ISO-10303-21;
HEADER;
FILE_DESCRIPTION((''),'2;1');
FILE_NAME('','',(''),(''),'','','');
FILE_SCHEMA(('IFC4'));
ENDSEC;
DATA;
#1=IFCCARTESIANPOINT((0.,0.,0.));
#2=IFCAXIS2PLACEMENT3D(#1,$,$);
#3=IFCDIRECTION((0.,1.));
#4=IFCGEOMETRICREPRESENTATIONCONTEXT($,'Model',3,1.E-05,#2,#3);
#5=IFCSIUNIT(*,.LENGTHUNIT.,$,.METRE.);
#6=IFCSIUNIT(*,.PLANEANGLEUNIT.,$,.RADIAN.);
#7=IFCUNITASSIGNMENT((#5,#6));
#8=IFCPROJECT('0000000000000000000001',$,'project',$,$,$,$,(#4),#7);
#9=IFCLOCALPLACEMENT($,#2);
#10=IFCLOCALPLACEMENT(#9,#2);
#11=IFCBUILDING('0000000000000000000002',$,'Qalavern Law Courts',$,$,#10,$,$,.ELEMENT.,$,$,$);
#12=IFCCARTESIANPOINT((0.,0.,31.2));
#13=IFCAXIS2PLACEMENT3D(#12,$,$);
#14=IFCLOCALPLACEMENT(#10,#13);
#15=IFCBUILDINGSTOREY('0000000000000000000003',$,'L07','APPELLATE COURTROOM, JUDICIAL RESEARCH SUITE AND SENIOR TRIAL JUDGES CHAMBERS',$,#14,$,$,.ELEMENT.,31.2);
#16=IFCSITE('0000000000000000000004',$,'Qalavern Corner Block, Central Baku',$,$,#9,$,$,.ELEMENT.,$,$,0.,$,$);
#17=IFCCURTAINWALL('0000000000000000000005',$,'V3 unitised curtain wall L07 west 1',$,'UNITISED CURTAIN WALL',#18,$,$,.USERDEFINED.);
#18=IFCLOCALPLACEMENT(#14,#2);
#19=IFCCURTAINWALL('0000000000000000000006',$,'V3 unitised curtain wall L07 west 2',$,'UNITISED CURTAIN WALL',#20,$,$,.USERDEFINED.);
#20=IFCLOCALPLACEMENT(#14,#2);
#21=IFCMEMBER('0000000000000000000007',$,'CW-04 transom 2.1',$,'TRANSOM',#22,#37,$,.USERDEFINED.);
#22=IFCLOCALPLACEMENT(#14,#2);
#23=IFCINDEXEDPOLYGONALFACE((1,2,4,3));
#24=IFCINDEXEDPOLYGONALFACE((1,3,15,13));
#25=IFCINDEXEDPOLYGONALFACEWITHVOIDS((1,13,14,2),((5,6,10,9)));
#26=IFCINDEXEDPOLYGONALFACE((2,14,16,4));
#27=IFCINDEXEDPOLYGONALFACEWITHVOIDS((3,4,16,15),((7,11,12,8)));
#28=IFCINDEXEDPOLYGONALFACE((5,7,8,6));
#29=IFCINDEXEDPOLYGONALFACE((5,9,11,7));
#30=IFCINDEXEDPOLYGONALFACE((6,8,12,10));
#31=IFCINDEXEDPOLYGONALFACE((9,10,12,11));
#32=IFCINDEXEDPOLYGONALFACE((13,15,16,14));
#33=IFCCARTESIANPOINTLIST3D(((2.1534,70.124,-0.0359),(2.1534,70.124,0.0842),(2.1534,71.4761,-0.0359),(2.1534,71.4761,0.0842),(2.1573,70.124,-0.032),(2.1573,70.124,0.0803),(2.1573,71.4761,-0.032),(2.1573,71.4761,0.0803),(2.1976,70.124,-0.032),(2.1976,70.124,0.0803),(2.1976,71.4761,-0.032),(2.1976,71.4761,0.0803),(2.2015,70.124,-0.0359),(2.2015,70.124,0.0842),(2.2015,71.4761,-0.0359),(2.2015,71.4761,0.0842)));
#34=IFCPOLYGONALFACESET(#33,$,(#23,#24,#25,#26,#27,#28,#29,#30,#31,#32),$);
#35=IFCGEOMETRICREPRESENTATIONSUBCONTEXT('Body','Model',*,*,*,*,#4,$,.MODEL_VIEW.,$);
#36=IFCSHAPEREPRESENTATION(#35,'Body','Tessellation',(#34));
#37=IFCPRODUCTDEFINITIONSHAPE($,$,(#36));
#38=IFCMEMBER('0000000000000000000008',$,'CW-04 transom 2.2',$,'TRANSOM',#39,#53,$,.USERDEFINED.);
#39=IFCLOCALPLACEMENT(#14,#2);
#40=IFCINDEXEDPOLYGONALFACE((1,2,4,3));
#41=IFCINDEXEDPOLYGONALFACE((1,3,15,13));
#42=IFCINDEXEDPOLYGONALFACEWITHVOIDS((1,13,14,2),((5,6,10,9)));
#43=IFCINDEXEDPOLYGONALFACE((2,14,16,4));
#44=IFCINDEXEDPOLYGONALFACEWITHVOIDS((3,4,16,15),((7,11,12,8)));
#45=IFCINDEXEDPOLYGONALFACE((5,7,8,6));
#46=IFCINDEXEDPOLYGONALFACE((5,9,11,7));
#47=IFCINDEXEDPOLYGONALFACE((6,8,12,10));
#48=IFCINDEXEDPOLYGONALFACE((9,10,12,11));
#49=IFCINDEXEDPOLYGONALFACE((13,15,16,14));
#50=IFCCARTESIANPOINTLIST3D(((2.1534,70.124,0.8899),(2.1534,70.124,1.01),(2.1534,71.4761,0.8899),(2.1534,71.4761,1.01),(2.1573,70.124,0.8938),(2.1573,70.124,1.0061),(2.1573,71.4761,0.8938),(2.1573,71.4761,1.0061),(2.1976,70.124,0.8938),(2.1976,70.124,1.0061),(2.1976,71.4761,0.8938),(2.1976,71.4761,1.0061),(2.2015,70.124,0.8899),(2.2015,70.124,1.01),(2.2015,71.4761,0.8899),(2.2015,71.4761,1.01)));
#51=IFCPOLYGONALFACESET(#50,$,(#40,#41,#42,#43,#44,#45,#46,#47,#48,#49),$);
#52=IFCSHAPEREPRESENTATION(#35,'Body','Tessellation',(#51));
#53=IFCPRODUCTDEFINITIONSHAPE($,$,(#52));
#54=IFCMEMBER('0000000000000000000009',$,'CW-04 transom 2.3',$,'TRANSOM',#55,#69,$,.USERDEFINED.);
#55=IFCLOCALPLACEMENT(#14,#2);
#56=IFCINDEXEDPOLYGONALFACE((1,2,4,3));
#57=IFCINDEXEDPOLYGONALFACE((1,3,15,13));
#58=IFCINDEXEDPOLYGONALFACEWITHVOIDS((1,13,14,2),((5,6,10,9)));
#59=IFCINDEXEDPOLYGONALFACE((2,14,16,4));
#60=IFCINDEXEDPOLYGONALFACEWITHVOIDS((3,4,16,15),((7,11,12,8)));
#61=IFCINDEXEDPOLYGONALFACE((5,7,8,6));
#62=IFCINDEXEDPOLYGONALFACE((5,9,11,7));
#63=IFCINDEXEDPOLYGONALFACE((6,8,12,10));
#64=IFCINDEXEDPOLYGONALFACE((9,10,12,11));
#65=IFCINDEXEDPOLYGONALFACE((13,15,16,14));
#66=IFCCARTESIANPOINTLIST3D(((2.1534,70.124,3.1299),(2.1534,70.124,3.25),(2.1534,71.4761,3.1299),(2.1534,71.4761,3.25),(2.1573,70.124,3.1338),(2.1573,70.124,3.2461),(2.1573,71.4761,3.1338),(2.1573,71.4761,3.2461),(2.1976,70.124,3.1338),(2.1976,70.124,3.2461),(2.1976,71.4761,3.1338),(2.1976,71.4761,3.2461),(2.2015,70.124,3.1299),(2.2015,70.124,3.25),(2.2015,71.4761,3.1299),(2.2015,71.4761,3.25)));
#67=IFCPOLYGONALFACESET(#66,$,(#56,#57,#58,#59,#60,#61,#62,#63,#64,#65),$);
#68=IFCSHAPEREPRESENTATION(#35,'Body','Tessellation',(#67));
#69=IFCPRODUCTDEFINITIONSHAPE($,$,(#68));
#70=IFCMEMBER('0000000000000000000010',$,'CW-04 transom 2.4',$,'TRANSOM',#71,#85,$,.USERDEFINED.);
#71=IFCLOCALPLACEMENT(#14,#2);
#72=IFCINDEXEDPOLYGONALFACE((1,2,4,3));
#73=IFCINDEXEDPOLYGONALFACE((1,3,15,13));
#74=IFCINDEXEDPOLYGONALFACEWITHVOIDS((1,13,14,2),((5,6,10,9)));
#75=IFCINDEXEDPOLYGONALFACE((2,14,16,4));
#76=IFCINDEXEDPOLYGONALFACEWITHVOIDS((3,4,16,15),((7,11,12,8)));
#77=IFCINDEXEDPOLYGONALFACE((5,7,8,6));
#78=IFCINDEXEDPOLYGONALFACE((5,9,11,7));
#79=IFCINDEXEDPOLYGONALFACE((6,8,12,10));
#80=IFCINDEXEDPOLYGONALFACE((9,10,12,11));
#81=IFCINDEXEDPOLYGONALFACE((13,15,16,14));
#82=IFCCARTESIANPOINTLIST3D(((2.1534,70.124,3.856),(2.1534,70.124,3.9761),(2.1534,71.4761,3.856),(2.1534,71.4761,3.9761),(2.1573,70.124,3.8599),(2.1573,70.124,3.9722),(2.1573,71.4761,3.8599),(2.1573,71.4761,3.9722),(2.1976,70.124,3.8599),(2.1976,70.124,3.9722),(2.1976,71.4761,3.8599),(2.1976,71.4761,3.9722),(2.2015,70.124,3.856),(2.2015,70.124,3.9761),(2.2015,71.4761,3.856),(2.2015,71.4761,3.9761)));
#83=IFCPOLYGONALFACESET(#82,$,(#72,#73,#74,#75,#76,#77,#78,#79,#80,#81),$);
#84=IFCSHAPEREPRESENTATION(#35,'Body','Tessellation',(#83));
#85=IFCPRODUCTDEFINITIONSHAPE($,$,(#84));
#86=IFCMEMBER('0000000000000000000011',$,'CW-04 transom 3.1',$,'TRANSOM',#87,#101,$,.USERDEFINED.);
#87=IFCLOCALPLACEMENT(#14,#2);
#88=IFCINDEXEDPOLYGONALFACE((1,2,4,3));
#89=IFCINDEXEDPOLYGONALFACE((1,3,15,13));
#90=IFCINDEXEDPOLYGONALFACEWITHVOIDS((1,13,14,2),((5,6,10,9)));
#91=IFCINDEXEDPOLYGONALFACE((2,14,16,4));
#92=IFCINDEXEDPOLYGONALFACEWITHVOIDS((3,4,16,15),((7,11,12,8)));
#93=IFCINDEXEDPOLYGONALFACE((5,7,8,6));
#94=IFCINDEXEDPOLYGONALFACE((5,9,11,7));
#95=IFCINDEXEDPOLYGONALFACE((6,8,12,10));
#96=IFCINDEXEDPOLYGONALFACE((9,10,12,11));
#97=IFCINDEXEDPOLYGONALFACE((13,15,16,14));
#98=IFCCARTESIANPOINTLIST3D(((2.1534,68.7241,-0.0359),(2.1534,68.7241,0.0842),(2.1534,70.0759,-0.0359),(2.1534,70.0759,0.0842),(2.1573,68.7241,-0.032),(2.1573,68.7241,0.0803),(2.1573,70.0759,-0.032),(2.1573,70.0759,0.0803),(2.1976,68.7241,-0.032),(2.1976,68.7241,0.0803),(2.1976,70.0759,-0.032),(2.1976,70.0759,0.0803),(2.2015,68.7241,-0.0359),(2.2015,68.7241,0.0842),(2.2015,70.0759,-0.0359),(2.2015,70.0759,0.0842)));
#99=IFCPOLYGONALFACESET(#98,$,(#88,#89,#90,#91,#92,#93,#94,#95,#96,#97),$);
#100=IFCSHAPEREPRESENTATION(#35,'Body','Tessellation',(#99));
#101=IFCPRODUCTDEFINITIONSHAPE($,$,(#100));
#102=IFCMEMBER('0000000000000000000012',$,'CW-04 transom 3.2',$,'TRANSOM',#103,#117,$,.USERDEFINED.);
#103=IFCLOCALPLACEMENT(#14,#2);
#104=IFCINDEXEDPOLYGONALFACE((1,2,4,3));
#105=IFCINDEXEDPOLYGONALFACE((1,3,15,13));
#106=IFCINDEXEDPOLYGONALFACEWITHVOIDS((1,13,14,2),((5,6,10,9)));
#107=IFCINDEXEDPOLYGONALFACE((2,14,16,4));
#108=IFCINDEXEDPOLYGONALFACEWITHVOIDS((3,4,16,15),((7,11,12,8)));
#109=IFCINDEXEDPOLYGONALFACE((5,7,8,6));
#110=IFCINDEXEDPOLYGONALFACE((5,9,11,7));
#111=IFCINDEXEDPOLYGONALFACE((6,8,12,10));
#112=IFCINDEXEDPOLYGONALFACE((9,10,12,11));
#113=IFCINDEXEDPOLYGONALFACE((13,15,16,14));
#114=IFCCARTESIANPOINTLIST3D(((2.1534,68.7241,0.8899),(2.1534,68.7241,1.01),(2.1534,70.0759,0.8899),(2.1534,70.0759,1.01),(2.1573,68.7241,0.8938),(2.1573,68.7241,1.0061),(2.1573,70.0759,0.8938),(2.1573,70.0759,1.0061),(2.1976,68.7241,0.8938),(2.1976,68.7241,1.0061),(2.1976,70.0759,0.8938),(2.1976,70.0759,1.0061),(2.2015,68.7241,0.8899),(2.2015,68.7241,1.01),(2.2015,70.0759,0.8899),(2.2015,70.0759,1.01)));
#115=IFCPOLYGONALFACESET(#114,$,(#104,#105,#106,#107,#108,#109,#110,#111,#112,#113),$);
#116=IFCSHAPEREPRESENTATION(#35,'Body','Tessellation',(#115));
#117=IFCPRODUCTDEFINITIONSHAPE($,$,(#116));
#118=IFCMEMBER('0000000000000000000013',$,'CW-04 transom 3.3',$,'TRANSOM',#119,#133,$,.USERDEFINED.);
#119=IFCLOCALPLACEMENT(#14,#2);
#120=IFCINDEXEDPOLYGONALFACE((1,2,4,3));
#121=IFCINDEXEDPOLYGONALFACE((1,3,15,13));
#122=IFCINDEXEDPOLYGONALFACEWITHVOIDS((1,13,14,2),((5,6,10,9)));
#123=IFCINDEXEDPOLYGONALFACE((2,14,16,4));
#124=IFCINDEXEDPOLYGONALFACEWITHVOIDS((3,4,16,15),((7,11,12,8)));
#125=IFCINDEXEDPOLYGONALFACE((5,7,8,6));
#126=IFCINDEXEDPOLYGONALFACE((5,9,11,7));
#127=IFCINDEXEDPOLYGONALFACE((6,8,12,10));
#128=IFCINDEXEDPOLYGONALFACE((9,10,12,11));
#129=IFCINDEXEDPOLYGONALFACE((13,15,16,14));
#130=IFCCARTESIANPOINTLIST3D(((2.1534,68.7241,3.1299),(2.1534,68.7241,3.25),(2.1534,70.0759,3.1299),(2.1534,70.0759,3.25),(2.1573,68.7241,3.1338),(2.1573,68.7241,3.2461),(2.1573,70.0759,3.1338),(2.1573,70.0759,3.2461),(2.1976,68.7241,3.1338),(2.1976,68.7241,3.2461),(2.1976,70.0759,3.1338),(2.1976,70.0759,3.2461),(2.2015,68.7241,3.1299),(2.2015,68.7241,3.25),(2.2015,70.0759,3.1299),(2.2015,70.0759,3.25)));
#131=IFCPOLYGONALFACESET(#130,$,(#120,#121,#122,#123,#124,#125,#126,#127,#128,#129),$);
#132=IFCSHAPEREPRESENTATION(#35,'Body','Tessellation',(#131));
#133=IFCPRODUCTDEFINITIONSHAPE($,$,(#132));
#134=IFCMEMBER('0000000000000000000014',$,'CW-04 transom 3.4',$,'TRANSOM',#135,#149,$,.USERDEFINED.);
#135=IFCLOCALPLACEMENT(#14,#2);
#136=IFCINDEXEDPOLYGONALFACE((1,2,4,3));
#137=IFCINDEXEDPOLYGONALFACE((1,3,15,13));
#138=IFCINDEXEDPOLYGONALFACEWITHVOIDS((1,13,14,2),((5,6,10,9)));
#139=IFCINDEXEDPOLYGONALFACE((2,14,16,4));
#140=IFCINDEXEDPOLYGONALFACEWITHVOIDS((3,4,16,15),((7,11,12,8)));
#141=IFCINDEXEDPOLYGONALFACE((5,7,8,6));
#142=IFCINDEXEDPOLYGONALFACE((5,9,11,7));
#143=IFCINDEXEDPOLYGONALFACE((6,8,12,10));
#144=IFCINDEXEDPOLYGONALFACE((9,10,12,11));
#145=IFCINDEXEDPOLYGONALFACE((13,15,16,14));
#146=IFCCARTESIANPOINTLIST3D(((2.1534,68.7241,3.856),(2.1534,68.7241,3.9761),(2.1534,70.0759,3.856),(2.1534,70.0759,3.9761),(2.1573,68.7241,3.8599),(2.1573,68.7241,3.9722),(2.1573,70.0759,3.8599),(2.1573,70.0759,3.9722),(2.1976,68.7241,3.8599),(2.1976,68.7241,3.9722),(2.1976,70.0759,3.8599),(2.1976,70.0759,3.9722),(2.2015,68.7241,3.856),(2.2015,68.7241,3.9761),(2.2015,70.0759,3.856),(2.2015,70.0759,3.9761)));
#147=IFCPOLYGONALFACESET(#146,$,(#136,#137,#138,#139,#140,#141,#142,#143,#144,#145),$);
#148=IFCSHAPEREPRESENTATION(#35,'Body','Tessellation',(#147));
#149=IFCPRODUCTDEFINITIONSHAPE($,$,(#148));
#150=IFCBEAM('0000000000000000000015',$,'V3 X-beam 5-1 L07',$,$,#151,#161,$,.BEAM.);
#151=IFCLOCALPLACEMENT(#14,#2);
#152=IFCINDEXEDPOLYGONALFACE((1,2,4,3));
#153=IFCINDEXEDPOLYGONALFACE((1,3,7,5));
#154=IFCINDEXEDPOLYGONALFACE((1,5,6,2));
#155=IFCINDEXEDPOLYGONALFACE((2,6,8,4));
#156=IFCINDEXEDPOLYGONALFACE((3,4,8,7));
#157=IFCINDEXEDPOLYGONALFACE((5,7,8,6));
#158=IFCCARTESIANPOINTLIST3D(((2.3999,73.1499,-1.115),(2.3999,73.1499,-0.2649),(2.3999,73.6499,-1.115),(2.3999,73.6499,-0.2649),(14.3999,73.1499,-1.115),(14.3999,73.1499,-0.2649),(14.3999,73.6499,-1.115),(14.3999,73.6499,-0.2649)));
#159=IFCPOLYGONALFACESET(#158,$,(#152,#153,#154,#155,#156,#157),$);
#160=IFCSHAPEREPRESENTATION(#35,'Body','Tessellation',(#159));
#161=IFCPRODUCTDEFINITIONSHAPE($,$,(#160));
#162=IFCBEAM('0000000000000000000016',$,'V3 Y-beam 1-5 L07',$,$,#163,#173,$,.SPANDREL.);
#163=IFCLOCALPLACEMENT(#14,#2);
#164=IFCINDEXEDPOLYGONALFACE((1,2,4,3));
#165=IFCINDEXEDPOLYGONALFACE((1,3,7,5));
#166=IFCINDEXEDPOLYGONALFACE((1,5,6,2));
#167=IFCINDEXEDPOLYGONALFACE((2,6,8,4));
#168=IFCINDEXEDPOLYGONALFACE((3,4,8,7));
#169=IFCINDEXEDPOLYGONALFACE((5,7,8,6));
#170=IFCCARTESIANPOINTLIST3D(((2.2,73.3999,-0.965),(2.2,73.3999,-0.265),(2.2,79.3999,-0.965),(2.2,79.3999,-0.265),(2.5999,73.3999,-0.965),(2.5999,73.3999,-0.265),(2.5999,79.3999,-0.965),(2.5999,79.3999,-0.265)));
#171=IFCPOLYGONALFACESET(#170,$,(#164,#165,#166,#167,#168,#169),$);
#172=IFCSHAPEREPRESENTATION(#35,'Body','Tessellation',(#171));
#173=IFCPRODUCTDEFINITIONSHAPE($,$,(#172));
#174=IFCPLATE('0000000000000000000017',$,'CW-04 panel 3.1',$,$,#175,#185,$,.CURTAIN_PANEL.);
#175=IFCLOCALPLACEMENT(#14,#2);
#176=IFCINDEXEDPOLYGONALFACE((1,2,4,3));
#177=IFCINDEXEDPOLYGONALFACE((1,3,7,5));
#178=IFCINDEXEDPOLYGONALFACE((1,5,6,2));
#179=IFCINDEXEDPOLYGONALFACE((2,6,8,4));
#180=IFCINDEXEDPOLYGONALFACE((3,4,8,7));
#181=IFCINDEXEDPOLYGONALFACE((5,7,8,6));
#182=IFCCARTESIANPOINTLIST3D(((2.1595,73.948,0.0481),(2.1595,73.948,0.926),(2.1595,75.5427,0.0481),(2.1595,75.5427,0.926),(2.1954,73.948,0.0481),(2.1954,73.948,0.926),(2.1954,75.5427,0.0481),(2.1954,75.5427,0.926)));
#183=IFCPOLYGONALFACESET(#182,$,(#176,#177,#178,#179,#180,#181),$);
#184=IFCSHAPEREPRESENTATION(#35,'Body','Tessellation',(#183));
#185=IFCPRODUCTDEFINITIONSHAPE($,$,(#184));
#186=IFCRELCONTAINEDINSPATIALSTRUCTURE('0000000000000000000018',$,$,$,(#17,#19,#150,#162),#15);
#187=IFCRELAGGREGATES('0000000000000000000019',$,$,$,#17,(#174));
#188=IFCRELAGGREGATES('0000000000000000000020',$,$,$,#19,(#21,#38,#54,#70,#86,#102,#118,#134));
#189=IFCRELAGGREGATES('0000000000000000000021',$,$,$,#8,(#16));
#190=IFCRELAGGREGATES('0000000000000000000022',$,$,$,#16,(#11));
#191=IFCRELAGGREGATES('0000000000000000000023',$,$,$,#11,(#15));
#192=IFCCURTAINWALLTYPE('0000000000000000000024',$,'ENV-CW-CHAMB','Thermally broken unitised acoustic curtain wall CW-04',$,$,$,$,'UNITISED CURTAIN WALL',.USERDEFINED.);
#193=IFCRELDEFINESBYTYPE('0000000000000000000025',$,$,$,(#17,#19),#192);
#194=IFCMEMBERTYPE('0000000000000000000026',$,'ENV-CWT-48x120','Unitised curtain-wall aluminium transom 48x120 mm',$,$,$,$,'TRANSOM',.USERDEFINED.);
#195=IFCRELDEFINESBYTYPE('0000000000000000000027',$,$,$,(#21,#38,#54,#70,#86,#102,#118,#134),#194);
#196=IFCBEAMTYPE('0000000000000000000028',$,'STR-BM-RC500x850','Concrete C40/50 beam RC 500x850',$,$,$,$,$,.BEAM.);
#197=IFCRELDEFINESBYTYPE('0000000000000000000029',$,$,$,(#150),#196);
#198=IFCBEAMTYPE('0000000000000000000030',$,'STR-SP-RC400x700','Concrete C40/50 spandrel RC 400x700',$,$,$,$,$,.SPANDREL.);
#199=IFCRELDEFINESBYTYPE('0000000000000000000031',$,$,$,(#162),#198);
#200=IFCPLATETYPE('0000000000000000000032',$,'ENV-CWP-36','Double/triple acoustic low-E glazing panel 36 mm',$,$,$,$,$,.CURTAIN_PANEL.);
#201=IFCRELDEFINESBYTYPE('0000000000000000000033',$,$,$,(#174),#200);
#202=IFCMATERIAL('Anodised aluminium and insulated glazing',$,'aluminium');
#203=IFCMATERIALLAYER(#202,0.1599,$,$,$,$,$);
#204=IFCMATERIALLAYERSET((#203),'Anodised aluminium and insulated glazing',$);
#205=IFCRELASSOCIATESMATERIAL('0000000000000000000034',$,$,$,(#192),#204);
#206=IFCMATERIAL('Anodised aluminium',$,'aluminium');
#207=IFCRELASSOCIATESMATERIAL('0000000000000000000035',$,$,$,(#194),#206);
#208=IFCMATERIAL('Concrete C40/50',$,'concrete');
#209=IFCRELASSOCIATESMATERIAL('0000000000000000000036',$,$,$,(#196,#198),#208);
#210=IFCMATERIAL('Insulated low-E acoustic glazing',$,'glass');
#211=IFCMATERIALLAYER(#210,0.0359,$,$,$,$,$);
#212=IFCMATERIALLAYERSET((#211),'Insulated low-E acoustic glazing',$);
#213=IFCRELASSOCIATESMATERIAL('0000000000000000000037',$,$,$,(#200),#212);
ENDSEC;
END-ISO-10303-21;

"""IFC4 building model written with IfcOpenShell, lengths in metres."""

from ifc_helpers import new_model, si_unit, direction, frame, origin, origin_2d, place, context, subcontext, project, spatial, rectangle, hollow_rectangle, extrude, material, layer, layer_set, material_profile, profile_set, type_object, element, aggregate, save


model = new_model("IFC4")

# Units and contexts
model_context = context("Model", 3, precision=1e-05, world=origin(), true_north=direction((0.0, 1.0)))
body_context = subcontext(model_context, "Body", "Model", "MODEL_VIEW")
ifc_project = project(units=[si_unit("LENGTHUNIT", "METRE"), si_unit("PLANEANGLEUNIT", "RADIAN")], contexts=[model_context])

# Site, building, storey
site_placement = place(None, origin())
site = spatial("IfcSite", under=ifc_project, at=site_placement, Name="Qalavern Corner Block, Central Baku", CompositionType="ELEMENT", RefElevation=0.0)
building_placement = place(site_placement, origin())
building = spatial("IfcBuilding", under=site, at=building_placement, Name="Qalavern Law Courts", CompositionType="ELEMENT")
storey_placement = place(building_placement, frame((0.0, 0.0, 31.2)))
storey = spatial("IfcBuildingStorey", under=building, at=storey_placement, Name="L07", Description="APPELLATE COURTROOM, JUDICIAL RESEARCH SUITE AND SENIOR TRIAL JUDGES CHAMBERS", CompositionType="ELEMENT", Elevation=31.2)

# Curtain wall
ifc_material_1 = material(Name="Anodised aluminium and insulated glazing", Category="aluminium")
ifc_layer_1 = layer(ifc_material_1, 0.1599)
ifc_layer_set_1 = layer_set([ifc_layer_1], Name="Anodised aluminium and insulated glazing")
curtain_wall_type = type_object("IfcCurtainWallType", Name="ENV-CW-CHAMB", Description="Thermally broken unitised acoustic curtain wall CW-04", ElementType="UNITISED CURTAIN WALL", PredefinedType="USERDEFINED", material=ifc_layer_set_1)
curtain_wall_1_placement = place(storey_placement, origin())
curtain_wall_1 = element("IfcCurtainWall", 1, at=curtain_wall_1_placement, inside=storey, type_object=curtain_wall_type, Name="V3 unitised curtain wall L07 west 1", ObjectType="UNITISED CURTAIN WALL", PredefinedType="USERDEFINED")
ifc_material_2 = material(Name="Anodised aluminium", Category="aluminium")

# Curtain wall
curtain_wall_2_placement = place(storey_placement, origin())
curtain_wall_2 = element("IfcCurtainWall", 2, at=curtain_wall_2_placement, inside=storey, type_object=curtain_wall_type, Name="V3 unitised curtain wall L07 west 2", ObjectType="UNITISED CURTAIN WALL", PredefinedType="USERDEFINED")

# Members
ifc_material_profile_1 = material_profile(ifc_material_2, hollow_rectangle(XDim=0.0481, YDim=0.1201, WallThickness=0.0039, at=origin_2d()), Name="ALU TRANSOM 48x120")
ifc_profile_set_1 = profile_set([ifc_material_profile_1], Name="Anodised aluminium")
member_type_1 = type_object("IfcMemberType", Name="ENV-CWT-48x120", Description="Unitised curtain-wall aluminium transom 48x120 mm", ElementType="TRANSOM", PredefinedType="USERDEFINED", material=ifc_profile_set_1)
member_1_placement = place(storey_placement, frame((2.1775, 71.4761, 0.0242), z_axis=(0.0, -1.0, 0.0), x_axis=(1.0, 0.0, 0.0)))
member_1 = element("IfcMember", 3, at=member_1_placement, type_object=member_type_1, Name="CW-04 transom 2.1", ObjectType="TRANSOM", PredefinedType="USERDEFINED", context=body_context, shape_type="SweptSolid", body=[
    extrude(hollow_rectangle(XDim=0.0481, YDim=0.1201, WallThickness=0.0039, at=origin_2d()), origin(), (0.0, 0.0, 1.0), 1.3521),
])
member_2_placement = place(storey_placement, frame((2.1775, 71.4761, 0.95), z_axis=(0.0, -1.0, 0.0), x_axis=(1.0, 0.0, 0.0)))
member_2 = element("IfcMember", 4, at=member_2_placement, type_object=member_type_1, Name="CW-04 transom 2.2", ObjectType="TRANSOM", PredefinedType="USERDEFINED", context=body_context, shape_type="SweptSolid", body=[
    extrude(hollow_rectangle(XDim=0.0481, YDim=0.1201, WallThickness=0.0039, at=origin_2d()), origin(), (0.0, 0.0, 1.0), 1.3521),
])
member_3_placement = place(storey_placement, frame((2.1775, 71.4761, 3.1899), z_axis=(0.0, -1.0, 0.0), x_axis=(1.0, 0.0, 0.0)))
member_3 = element("IfcMember", 5, at=member_3_placement, type_object=member_type_1, Name="CW-04 transom 2.3", ObjectType="TRANSOM", PredefinedType="USERDEFINED", context=body_context, shape_type="SweptSolid", body=[
    extrude(hollow_rectangle(XDim=0.0481, YDim=0.1201, WallThickness=0.0039, at=origin_2d()), origin(), (0.0, 0.0, 1.0), 1.3521),
])
member_4_placement = place(storey_placement, frame((2.1775, 71.4761, 3.916), z_axis=(0.0, -1.0, 0.0), x_axis=(1.0, 0.0, 0.0)))
member_4 = element("IfcMember", 6, at=member_4_placement, type_object=member_type_1, Name="CW-04 transom 2.4", ObjectType="TRANSOM", PredefinedType="USERDEFINED", context=body_context, shape_type="SweptSolid", body=[
    extrude(hollow_rectangle(XDim=0.0481, YDim=0.1201, WallThickness=0.0039, at=origin_2d()), origin(), (0.0, 0.0, 1.0), 1.3521),
])
member_5_placement = place(storey_placement, frame((2.1775, 70.0759, 0.0242), z_axis=(0.0, -1.0, 0.0), x_axis=(1.0, 0.0, 0.0)))
member_5 = element("IfcMember", 7, at=member_5_placement, type_object=member_type_1, Name="CW-04 transom 3.1", ObjectType="TRANSOM", PredefinedType="USERDEFINED", context=body_context, shape_type="SweptSolid", body=[
    extrude(hollow_rectangle(XDim=0.0481, YDim=0.1201, WallThickness=0.0039, at=origin_2d()), origin(), (0.0, 0.0, 1.0), 1.3518),
])
member_6_placement = place(storey_placement, frame((2.1775, 70.0759, 0.95), z_axis=(0.0, -1.0, 0.0), x_axis=(1.0, 0.0, 0.0)))
member_6 = element("IfcMember", 8, at=member_6_placement, type_object=member_type_1, Name="CW-04 transom 3.2", ObjectType="TRANSOM", PredefinedType="USERDEFINED", context=body_context, shape_type="SweptSolid", body=[
    extrude(hollow_rectangle(XDim=0.0481, YDim=0.1201, WallThickness=0.0039, at=origin_2d()), origin(), (0.0, 0.0, 1.0), 1.3518),
])
member_7_placement = place(storey_placement, frame((2.1775, 70.0759, 3.1899), z_axis=(0.0, -1.0, 0.0), x_axis=(1.0, 0.0, 0.0)))
member_7 = element("IfcMember", 9, at=member_7_placement, type_object=member_type_1, Name="CW-04 transom 3.3", ObjectType="TRANSOM", PredefinedType="USERDEFINED", context=body_context, shape_type="SweptSolid", body=[
    extrude(hollow_rectangle(XDim=0.0481, YDim=0.1201, WallThickness=0.0039, at=origin_2d()), origin(), (0.0, 0.0, 1.0), 1.3518),
])
member_8_placement = place(storey_placement, frame((2.1775, 70.0759, 3.916), z_axis=(0.0, -1.0, 0.0), x_axis=(1.0, 0.0, 0.0)))
member_8 = element("IfcMember", 10, at=member_8_placement, type_object=member_type_1, Name="CW-04 transom 3.4", ObjectType="TRANSOM", PredefinedType="USERDEFINED", context=body_context, shape_type="SweptSolid", body=[
    extrude(hollow_rectangle(XDim=0.0481, YDim=0.1201, WallThickness=0.0039, at=origin_2d()), origin(), (0.0, 0.0, 1.0), 1.3518),
])

# Beams
ifc_material_3 = material(Name="Concrete C40/50", Category="concrete")
ifc_material_profile_2 = material_profile(ifc_material_3, rectangle(XDim=0.5, YDim=0.8501, at=origin_2d()), Name="RC 500x850")
ifc_profile_set_2 = profile_set([ifc_material_profile_2], Name="Concrete C40/50")
beam_type_1 = type_object("IfcBeamType", Name="STR-BM-RC500x850", Description="Concrete C40/50 beam RC 500x850", PredefinedType="BEAM", material=ifc_profile_set_2)
beam_1_placement = place(storey_placement, frame((2.3999, 73.3999, -0.6899), z_axis=(1.0, 0.0, 0.0), x_axis=(0.0, 1.0, 0.0)))
element("IfcBeam", 11, at=beam_1_placement, inside=storey, type_object=beam_type_1, Name="V3 X-beam 5-1 L07", PredefinedType="BEAM", context=body_context, shape_type="SweptSolid", body=[
    extrude(rectangle(XDim=0.5, YDim=0.8501, at=origin_2d()), origin(), (0.0, 0.0, 1.0), 12.0),
])
ifc_material_profile_3 = material_profile(ifc_material_3, rectangle(XDim=0.3999, YDim=0.7, at=origin_2d()), Name="RC 400x700")
ifc_profile_set_3 = profile_set([ifc_material_profile_3], Name="Concrete C40/50")
beam_type_2 = type_object("IfcBeamType", Name="STR-SP-RC400x700", Description="Concrete C40/50 spandrel RC 400x700", PredefinedType="SPANDREL", material=ifc_profile_set_3)
beam_2_placement = place(storey_placement, frame((2.3999, 73.3999, -0.615), z_axis=(0.0, 1.0, 0.0), x_axis=(-1.0, 0.0, 0.0)))
element("IfcBeam", 12, at=beam_2_placement, inside=storey, type_object=beam_type_2, Name="V3 Y-beam 1-5 L07", PredefinedType="SPANDREL", context=body_context, shape_type="SweptSolid", body=[
    extrude(rectangle(XDim=0.3999, YDim=0.7, at=origin_2d()), origin(), (0.0, 0.0, 1.0), 6.0),
])

# Plate
ifc_material_4 = material(Name="Insulated low-E acoustic glazing", Category="glass")
ifc_layer_2 = layer(ifc_material_4, 0.0359)
ifc_layer_set_2 = layer_set([ifc_layer_2], Name="Insulated low-E acoustic glazing")
plate_type_1 = type_object("IfcPlateType", Name="ENV-CWP-36", Description="Double/triple acoustic low-E glazing panel 36 mm", PredefinedType="CURTAIN_PANEL", material=ifc_layer_set_2)
plate_1_placement = place(storey_placement, frame((2.1775, 74.7454, 0.0481), z_axis=(0.0, 0.0, 1.0), x_axis=(0.0, -1.0, 0.0)))
plate_1 = element("IfcPlate", 13, at=plate_1_placement, type_object=plate_type_1, Name="CW-04 panel 3.1", PredefinedType="CURTAIN_PANEL", context=body_context, shape_type="SweptSolid", body=[
    extrude(rectangle(XDim=1.5947, YDim=0.0359, at=origin_2d()), origin(), (0.0, 0.0, 1.0), 0.8779),
])
aggregate(curtain_wall_1, [plate_1])
aggregate(curtain_wall_2, [member_1, member_2, member_3, member_4, member_5, member_6, member_7, member_8])

save(model, "model.ifc")
